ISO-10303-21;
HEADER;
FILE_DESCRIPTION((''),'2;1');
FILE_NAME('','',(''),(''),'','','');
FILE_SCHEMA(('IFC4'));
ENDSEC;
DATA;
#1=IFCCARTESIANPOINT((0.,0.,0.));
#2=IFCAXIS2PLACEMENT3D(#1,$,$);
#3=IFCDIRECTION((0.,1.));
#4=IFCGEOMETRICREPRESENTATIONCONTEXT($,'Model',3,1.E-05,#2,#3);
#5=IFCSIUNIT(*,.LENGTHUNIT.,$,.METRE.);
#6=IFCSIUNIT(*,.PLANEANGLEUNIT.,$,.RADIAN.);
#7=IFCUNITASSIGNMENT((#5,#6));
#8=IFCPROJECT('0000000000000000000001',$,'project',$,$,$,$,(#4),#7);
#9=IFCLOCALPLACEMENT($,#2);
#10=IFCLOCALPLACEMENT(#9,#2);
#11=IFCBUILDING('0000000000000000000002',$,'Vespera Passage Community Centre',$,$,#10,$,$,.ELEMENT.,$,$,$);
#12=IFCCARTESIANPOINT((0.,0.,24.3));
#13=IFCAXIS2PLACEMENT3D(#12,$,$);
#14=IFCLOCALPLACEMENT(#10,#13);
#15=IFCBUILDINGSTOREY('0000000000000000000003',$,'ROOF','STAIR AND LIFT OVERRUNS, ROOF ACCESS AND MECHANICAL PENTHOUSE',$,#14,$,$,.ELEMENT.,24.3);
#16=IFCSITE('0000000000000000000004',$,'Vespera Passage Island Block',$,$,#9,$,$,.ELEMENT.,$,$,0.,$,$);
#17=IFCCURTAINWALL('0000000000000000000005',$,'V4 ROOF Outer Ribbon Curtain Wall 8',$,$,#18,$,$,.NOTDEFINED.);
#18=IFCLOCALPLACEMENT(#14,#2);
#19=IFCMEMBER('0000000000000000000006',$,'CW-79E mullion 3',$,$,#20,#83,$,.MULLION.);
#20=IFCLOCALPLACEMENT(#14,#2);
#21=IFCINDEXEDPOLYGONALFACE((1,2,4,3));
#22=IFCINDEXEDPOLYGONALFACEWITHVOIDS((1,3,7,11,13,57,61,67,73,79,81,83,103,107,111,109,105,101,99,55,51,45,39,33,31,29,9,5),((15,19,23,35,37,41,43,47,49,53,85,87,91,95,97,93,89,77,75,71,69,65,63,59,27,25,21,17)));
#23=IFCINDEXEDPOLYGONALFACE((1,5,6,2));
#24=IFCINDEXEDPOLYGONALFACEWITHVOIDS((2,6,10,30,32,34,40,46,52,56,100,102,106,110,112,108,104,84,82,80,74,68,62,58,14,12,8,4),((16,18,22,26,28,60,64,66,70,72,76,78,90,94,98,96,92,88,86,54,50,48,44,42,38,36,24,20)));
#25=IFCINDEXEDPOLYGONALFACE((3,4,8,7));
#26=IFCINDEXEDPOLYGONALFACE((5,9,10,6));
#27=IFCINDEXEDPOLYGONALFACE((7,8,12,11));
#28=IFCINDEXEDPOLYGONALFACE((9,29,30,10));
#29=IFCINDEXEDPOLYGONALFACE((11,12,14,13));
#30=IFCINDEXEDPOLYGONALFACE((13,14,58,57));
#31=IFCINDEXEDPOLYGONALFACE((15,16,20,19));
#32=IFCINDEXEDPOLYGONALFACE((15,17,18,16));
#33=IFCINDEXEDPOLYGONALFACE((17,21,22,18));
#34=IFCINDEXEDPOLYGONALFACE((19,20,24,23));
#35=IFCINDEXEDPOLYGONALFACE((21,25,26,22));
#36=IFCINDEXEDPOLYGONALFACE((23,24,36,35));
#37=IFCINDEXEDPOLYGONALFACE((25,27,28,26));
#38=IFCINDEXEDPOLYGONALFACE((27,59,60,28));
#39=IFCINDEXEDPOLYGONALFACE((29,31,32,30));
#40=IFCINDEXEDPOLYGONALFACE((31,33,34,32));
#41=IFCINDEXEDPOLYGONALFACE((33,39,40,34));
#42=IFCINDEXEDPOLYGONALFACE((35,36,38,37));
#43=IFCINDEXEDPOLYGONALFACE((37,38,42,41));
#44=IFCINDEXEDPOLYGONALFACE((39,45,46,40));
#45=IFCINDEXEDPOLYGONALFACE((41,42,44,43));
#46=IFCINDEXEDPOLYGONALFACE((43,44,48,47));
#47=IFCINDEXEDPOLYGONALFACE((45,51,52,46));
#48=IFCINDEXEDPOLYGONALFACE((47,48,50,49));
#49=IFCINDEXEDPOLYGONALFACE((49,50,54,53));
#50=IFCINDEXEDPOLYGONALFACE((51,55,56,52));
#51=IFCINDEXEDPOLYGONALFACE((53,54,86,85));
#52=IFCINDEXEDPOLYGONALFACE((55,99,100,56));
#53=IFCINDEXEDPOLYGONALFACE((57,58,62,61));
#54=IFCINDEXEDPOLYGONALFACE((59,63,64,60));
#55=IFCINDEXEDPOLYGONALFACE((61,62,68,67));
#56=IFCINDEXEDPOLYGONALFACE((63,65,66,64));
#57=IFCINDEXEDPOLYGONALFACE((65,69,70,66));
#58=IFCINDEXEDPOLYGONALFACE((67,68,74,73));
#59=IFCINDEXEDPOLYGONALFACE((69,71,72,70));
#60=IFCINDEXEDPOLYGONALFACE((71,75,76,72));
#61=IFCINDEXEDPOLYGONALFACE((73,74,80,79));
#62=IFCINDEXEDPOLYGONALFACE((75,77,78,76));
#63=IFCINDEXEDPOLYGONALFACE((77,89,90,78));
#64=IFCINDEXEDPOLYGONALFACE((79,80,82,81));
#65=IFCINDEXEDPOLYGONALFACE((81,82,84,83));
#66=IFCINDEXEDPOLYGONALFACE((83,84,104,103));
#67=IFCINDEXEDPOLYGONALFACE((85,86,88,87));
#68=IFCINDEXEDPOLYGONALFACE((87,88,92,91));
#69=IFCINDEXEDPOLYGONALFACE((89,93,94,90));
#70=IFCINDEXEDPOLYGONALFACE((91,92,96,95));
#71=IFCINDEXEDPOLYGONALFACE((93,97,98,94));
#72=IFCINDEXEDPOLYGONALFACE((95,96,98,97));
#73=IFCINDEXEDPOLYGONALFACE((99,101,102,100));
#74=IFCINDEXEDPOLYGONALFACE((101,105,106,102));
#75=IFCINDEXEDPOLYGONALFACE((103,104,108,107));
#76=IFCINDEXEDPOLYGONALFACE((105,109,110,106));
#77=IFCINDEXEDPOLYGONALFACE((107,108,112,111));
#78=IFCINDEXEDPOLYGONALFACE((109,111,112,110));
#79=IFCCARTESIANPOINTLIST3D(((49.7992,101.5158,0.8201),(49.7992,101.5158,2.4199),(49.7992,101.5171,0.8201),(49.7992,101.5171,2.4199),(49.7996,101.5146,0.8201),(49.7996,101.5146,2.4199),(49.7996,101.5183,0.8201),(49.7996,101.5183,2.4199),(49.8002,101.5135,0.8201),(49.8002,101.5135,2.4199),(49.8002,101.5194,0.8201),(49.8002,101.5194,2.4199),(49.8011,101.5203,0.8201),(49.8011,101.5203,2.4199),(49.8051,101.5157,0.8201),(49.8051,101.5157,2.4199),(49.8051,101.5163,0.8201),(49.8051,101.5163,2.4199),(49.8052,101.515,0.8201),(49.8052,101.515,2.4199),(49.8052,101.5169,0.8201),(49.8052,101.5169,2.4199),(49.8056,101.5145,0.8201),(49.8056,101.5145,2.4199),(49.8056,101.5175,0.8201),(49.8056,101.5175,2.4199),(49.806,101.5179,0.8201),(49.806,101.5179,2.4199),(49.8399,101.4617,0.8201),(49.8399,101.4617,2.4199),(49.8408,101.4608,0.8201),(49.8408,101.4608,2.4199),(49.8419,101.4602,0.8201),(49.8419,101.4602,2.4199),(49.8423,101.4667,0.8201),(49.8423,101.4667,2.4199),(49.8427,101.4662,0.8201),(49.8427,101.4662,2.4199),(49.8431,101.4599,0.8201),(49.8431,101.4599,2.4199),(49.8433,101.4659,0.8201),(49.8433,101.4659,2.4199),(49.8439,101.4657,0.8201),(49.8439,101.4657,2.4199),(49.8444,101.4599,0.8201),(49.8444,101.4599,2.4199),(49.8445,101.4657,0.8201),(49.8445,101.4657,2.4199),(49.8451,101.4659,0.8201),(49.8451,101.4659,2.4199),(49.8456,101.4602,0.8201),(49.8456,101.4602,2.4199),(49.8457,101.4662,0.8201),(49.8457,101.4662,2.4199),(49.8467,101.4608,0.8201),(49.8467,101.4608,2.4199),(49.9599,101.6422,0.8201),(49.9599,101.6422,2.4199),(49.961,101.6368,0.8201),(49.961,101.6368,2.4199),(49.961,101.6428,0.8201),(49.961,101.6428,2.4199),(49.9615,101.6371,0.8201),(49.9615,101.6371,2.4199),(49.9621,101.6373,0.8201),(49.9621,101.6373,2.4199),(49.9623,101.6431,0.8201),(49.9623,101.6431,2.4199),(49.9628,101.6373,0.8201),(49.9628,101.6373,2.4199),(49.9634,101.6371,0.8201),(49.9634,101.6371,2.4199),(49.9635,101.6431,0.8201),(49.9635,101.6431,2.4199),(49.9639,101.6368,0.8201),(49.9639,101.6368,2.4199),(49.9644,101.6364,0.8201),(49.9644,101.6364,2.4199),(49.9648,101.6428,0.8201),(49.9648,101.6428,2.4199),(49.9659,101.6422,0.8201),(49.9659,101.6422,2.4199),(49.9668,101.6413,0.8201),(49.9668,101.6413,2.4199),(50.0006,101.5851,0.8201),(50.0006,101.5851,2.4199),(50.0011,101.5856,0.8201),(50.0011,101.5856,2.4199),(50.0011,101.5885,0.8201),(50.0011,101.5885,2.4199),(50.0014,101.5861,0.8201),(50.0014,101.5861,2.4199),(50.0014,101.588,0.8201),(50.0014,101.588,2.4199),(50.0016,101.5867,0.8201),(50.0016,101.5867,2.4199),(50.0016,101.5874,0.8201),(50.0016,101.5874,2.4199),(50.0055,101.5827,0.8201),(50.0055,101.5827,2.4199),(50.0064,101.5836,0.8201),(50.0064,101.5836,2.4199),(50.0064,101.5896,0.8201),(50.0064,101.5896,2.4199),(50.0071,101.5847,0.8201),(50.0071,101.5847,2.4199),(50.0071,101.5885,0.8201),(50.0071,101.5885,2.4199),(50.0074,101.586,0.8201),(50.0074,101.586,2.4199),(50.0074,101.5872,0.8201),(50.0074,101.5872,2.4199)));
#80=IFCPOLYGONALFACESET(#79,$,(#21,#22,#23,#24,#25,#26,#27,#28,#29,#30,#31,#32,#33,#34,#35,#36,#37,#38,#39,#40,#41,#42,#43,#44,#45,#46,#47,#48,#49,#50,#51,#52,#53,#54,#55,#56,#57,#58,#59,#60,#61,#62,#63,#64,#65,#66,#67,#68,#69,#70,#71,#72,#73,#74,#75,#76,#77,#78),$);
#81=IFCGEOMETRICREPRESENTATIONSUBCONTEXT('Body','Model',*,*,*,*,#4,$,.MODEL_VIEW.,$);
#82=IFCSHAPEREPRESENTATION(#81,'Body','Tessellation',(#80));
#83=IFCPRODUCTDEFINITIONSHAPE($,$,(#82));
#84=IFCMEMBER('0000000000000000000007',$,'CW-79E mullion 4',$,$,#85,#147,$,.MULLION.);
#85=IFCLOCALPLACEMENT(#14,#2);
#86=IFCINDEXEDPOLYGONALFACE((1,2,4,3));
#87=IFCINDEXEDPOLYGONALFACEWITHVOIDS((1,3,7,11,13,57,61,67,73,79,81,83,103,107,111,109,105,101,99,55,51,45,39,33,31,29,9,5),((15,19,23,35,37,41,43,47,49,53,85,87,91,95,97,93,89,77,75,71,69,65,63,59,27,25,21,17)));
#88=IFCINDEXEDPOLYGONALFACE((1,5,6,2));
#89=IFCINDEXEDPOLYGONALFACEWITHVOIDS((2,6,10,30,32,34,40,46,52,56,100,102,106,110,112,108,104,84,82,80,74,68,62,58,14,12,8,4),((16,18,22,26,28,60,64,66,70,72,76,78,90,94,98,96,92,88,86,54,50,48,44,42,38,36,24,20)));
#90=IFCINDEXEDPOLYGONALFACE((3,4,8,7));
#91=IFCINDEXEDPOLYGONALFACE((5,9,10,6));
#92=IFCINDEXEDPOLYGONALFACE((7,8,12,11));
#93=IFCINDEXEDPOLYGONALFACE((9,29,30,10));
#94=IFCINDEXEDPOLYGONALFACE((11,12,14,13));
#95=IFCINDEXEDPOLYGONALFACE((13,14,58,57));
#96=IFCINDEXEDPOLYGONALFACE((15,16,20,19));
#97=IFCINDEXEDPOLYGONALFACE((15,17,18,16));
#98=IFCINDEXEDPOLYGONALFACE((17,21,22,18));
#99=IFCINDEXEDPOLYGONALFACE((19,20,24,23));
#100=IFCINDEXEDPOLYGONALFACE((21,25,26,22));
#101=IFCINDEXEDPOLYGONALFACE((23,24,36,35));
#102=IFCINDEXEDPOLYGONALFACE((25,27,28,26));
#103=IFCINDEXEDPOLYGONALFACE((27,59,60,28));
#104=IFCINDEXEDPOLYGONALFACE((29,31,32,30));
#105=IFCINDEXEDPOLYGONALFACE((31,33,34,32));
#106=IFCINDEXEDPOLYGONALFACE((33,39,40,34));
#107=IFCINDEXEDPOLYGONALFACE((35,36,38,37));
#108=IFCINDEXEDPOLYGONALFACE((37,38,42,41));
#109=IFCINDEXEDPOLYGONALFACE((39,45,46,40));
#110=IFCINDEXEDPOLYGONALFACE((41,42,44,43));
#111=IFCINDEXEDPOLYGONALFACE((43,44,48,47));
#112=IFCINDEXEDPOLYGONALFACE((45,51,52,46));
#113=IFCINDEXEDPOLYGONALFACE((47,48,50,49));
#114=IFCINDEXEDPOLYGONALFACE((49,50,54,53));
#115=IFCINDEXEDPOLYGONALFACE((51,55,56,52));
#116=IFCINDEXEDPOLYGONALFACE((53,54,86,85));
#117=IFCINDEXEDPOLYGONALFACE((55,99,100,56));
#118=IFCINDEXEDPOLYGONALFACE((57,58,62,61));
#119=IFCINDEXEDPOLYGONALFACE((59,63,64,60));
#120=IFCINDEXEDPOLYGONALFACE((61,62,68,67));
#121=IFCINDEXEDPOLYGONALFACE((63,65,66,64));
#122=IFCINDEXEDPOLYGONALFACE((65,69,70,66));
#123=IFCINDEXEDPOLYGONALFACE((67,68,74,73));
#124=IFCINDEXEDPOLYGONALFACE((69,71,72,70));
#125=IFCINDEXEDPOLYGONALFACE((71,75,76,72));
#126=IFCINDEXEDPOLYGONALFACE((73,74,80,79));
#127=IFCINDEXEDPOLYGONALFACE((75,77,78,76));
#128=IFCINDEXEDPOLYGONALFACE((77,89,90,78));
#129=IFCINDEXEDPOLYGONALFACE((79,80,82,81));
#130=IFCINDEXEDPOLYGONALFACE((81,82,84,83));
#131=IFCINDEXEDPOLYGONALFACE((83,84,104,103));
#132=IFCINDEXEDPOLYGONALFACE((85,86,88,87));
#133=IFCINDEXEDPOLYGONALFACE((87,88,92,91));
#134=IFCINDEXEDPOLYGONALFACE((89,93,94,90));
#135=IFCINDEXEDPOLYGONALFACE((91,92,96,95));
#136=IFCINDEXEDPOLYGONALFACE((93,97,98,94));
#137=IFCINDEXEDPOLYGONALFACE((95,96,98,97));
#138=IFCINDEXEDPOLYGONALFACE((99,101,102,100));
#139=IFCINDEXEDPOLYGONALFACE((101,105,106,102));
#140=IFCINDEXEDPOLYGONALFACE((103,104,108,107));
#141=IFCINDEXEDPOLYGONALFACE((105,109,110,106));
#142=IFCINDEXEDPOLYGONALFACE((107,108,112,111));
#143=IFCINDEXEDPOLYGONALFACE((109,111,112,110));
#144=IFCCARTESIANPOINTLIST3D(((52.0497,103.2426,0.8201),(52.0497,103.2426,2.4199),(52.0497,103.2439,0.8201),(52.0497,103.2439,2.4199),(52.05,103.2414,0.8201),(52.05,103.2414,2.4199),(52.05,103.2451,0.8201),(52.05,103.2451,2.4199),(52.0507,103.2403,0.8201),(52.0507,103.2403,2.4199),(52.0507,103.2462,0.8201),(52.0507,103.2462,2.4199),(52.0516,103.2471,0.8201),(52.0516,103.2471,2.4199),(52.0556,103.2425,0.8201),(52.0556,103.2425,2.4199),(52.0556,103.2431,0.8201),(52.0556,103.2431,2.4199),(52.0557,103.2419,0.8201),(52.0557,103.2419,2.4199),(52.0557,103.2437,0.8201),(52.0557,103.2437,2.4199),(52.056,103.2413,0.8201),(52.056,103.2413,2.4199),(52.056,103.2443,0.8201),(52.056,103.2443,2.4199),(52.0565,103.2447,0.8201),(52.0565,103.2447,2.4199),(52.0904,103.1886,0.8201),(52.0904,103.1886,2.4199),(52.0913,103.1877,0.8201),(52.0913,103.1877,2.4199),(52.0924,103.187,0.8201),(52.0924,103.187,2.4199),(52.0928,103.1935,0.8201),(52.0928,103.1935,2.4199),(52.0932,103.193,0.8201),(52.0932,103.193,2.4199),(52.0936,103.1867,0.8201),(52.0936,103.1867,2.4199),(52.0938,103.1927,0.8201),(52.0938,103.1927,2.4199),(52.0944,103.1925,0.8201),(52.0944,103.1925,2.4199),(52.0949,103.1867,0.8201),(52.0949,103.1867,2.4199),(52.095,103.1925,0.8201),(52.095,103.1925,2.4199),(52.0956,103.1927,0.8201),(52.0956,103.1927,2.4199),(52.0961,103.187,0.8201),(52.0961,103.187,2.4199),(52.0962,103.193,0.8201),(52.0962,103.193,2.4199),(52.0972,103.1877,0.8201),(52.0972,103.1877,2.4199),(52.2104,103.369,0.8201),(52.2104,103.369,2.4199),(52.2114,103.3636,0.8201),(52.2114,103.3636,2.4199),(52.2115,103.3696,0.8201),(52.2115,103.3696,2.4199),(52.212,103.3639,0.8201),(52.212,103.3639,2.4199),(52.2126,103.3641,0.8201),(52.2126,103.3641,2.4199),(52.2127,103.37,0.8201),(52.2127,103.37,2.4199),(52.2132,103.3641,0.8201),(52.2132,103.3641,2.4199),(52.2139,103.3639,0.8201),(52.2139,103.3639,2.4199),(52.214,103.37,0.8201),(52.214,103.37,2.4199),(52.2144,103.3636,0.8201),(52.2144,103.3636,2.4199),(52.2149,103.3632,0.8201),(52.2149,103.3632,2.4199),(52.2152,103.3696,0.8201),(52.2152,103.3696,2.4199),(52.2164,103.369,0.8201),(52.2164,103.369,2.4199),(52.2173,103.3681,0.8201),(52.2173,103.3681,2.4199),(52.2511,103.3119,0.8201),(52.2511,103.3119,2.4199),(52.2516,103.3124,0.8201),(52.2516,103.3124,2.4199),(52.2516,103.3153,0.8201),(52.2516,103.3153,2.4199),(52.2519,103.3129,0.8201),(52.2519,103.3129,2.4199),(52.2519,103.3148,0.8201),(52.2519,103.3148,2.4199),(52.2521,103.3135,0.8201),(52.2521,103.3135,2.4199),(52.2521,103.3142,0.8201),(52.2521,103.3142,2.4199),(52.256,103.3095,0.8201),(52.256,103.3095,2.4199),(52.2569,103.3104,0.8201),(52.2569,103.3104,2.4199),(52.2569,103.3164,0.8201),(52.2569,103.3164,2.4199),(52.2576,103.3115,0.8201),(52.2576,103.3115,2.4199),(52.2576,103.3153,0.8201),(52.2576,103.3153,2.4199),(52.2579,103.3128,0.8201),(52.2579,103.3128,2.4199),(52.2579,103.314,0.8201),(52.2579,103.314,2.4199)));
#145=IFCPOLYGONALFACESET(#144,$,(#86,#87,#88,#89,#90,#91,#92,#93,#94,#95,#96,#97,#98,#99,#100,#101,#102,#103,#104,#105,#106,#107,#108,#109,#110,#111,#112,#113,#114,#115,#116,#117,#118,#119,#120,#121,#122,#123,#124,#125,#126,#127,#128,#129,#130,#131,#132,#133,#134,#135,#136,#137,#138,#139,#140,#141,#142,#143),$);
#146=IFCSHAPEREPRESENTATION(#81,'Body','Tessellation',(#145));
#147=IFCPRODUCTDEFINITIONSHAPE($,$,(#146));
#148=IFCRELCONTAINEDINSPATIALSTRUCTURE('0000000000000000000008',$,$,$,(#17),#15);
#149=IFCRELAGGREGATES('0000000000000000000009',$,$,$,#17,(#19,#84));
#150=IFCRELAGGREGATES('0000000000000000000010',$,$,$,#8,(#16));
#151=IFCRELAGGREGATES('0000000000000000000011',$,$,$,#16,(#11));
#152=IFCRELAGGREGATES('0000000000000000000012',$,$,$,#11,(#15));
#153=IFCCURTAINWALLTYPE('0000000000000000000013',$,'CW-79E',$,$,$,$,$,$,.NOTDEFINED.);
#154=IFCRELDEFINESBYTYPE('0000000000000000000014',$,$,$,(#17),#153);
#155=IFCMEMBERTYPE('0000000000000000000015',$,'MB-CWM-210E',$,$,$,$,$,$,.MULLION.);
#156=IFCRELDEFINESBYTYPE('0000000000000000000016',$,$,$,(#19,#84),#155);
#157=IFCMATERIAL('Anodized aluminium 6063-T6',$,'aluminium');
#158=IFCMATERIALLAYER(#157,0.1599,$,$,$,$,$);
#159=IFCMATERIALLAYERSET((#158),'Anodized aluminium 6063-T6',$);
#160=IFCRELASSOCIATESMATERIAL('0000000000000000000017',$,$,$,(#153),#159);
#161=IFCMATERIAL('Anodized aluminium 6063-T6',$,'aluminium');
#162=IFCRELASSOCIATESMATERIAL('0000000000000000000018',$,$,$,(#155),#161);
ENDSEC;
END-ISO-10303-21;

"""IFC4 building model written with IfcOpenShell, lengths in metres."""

from ifc_helpers import new_model, si_unit, direction, frame, origin, origin_2d, place, context, subcontext, project, spatial, hollow_rectangle, extrude, material, layer, layer_set, material_profile, profile_set, type_object, element, aggregate, save


model = new_model("IFC4")

# Units and contexts
model_context = context("Model", 3, precision=1e-05, world=origin(), true_north=direction((0.0, 1.0)))
body_context = subcontext(model_context, "Body", "Model", "MODEL_VIEW")
ifc_project = project(units=[si_unit("LENGTHUNIT", "METRE"), si_unit("PLANEANGLEUNIT", "RADIAN")], contexts=[model_context])

# Site, building, storey
site_placement = place(None, origin())
site = spatial("IfcSite", under=ifc_project, at=site_placement, Name="Vespera Passage Island Block", CompositionType="ELEMENT", RefElevation=0.0)
building_placement = place(site_placement, origin())
building = spatial("IfcBuilding", under=site, at=building_placement, Name="Vespera Passage Community Centre", CompositionType="ELEMENT")
storey_placement = place(building_placement, frame((0.0, 0.0, 24.3)))
storey = spatial("IfcBuildingStorey", under=building, at=storey_placement, Name="ROOF", Description="STAIR AND LIFT OVERRUNS, ROOF ACCESS AND MECHANICAL PENTHOUSE", CompositionType="ELEMENT", Elevation=24.3)

# Curtain wall, members
ifc_material_1 = material(Name="Anodized aluminium 6063-T6", Category="aluminium")
ifc_layer_1 = layer(ifc_material_1, 0.1599)
ifc_layer_set_1 = layer_set([ifc_layer_1], Name="Anodized aluminium 6063-T6")
curtain_wall_type_1 = type_object("IfcCurtainWallType", Name="CW-79E", PredefinedType="NOTDEFINED", material=ifc_layer_set_1)
curtain_wall_1_placement = place(storey_placement, origin())
curtain_wall_1 = element("IfcCurtainWall", 1, at=curtain_wall_1_placement, inside=storey, type_object=curtain_wall_type_1, Name="V4 ROOF Outer Ribbon Curtain Wall 8", PredefinedType="NOTDEFINED")
ifc_material_2 = material(Name="Anodized aluminium 6063-T6", Category="aluminium")
ifc_material_profile_1 = material_profile(ifc_material_2, hollow_rectangle(XDim=0.075, YDim=0.21, WallThickness=0.0049, InnerFilletRadius=0.0024, OuterFilletRadius=0.0049, at=origin_2d()), Name="ALU210X75X5")
ifc_profile_set_1 = profile_set([ifc_material_profile_1], Name="Anodized aluminium 6063-T6")
member_type_1 = type_object("IfcMemberType", Name="MB-CWM-210E", PredefinedType="MULLION", material=ifc_profile_set_1)
member_1_placement = place(storey_placement, frame((49.9033, 101.5515, 0.8201), z_axis=(0.0, 0.0, 1.0), x_axis=(-0.608768, 0.793348, 0.0)))
member_1 = element("IfcMember", 2, at=member_1_placement, type_object=member_type_1, Name="CW-79E mullion 3", PredefinedType="MULLION", context=body_context, shape_type="SweptSolid", body=[
    extrude(hollow_rectangle(XDim=0.075, YDim=0.21, WallThickness=0.0049, InnerFilletRadius=0.0024, OuterFilletRadius=0.0049, at=origin_2d()), origin(), (0.0, 0.0, 1.0), 1.5999),
])
member_2_placement = place(storey_placement, frame((52.1538, 103.2783, 0.8201), z_axis=(0.0, 0.0, 1.0), x_axis=(-0.608768, 0.793348, 0.0)))
member_2 = element("IfcMember", 3, at=member_2_placement, type_object=member_type_1, Name="CW-79E mullion 4", PredefinedType="MULLION", context=body_context, shape_type="SweptSolid", body=[
    extrude(hollow_rectangle(XDim=0.075, YDim=0.21, WallThickness=0.0049, InnerFilletRadius=0.0024, OuterFilletRadius=0.0049, at=origin_2d()), origin(), (0.0, 0.0, 1.0), 1.5999),
])

aggregate(curtain_wall_1, [member_1, member_2])

save(model, "model.ifc")
